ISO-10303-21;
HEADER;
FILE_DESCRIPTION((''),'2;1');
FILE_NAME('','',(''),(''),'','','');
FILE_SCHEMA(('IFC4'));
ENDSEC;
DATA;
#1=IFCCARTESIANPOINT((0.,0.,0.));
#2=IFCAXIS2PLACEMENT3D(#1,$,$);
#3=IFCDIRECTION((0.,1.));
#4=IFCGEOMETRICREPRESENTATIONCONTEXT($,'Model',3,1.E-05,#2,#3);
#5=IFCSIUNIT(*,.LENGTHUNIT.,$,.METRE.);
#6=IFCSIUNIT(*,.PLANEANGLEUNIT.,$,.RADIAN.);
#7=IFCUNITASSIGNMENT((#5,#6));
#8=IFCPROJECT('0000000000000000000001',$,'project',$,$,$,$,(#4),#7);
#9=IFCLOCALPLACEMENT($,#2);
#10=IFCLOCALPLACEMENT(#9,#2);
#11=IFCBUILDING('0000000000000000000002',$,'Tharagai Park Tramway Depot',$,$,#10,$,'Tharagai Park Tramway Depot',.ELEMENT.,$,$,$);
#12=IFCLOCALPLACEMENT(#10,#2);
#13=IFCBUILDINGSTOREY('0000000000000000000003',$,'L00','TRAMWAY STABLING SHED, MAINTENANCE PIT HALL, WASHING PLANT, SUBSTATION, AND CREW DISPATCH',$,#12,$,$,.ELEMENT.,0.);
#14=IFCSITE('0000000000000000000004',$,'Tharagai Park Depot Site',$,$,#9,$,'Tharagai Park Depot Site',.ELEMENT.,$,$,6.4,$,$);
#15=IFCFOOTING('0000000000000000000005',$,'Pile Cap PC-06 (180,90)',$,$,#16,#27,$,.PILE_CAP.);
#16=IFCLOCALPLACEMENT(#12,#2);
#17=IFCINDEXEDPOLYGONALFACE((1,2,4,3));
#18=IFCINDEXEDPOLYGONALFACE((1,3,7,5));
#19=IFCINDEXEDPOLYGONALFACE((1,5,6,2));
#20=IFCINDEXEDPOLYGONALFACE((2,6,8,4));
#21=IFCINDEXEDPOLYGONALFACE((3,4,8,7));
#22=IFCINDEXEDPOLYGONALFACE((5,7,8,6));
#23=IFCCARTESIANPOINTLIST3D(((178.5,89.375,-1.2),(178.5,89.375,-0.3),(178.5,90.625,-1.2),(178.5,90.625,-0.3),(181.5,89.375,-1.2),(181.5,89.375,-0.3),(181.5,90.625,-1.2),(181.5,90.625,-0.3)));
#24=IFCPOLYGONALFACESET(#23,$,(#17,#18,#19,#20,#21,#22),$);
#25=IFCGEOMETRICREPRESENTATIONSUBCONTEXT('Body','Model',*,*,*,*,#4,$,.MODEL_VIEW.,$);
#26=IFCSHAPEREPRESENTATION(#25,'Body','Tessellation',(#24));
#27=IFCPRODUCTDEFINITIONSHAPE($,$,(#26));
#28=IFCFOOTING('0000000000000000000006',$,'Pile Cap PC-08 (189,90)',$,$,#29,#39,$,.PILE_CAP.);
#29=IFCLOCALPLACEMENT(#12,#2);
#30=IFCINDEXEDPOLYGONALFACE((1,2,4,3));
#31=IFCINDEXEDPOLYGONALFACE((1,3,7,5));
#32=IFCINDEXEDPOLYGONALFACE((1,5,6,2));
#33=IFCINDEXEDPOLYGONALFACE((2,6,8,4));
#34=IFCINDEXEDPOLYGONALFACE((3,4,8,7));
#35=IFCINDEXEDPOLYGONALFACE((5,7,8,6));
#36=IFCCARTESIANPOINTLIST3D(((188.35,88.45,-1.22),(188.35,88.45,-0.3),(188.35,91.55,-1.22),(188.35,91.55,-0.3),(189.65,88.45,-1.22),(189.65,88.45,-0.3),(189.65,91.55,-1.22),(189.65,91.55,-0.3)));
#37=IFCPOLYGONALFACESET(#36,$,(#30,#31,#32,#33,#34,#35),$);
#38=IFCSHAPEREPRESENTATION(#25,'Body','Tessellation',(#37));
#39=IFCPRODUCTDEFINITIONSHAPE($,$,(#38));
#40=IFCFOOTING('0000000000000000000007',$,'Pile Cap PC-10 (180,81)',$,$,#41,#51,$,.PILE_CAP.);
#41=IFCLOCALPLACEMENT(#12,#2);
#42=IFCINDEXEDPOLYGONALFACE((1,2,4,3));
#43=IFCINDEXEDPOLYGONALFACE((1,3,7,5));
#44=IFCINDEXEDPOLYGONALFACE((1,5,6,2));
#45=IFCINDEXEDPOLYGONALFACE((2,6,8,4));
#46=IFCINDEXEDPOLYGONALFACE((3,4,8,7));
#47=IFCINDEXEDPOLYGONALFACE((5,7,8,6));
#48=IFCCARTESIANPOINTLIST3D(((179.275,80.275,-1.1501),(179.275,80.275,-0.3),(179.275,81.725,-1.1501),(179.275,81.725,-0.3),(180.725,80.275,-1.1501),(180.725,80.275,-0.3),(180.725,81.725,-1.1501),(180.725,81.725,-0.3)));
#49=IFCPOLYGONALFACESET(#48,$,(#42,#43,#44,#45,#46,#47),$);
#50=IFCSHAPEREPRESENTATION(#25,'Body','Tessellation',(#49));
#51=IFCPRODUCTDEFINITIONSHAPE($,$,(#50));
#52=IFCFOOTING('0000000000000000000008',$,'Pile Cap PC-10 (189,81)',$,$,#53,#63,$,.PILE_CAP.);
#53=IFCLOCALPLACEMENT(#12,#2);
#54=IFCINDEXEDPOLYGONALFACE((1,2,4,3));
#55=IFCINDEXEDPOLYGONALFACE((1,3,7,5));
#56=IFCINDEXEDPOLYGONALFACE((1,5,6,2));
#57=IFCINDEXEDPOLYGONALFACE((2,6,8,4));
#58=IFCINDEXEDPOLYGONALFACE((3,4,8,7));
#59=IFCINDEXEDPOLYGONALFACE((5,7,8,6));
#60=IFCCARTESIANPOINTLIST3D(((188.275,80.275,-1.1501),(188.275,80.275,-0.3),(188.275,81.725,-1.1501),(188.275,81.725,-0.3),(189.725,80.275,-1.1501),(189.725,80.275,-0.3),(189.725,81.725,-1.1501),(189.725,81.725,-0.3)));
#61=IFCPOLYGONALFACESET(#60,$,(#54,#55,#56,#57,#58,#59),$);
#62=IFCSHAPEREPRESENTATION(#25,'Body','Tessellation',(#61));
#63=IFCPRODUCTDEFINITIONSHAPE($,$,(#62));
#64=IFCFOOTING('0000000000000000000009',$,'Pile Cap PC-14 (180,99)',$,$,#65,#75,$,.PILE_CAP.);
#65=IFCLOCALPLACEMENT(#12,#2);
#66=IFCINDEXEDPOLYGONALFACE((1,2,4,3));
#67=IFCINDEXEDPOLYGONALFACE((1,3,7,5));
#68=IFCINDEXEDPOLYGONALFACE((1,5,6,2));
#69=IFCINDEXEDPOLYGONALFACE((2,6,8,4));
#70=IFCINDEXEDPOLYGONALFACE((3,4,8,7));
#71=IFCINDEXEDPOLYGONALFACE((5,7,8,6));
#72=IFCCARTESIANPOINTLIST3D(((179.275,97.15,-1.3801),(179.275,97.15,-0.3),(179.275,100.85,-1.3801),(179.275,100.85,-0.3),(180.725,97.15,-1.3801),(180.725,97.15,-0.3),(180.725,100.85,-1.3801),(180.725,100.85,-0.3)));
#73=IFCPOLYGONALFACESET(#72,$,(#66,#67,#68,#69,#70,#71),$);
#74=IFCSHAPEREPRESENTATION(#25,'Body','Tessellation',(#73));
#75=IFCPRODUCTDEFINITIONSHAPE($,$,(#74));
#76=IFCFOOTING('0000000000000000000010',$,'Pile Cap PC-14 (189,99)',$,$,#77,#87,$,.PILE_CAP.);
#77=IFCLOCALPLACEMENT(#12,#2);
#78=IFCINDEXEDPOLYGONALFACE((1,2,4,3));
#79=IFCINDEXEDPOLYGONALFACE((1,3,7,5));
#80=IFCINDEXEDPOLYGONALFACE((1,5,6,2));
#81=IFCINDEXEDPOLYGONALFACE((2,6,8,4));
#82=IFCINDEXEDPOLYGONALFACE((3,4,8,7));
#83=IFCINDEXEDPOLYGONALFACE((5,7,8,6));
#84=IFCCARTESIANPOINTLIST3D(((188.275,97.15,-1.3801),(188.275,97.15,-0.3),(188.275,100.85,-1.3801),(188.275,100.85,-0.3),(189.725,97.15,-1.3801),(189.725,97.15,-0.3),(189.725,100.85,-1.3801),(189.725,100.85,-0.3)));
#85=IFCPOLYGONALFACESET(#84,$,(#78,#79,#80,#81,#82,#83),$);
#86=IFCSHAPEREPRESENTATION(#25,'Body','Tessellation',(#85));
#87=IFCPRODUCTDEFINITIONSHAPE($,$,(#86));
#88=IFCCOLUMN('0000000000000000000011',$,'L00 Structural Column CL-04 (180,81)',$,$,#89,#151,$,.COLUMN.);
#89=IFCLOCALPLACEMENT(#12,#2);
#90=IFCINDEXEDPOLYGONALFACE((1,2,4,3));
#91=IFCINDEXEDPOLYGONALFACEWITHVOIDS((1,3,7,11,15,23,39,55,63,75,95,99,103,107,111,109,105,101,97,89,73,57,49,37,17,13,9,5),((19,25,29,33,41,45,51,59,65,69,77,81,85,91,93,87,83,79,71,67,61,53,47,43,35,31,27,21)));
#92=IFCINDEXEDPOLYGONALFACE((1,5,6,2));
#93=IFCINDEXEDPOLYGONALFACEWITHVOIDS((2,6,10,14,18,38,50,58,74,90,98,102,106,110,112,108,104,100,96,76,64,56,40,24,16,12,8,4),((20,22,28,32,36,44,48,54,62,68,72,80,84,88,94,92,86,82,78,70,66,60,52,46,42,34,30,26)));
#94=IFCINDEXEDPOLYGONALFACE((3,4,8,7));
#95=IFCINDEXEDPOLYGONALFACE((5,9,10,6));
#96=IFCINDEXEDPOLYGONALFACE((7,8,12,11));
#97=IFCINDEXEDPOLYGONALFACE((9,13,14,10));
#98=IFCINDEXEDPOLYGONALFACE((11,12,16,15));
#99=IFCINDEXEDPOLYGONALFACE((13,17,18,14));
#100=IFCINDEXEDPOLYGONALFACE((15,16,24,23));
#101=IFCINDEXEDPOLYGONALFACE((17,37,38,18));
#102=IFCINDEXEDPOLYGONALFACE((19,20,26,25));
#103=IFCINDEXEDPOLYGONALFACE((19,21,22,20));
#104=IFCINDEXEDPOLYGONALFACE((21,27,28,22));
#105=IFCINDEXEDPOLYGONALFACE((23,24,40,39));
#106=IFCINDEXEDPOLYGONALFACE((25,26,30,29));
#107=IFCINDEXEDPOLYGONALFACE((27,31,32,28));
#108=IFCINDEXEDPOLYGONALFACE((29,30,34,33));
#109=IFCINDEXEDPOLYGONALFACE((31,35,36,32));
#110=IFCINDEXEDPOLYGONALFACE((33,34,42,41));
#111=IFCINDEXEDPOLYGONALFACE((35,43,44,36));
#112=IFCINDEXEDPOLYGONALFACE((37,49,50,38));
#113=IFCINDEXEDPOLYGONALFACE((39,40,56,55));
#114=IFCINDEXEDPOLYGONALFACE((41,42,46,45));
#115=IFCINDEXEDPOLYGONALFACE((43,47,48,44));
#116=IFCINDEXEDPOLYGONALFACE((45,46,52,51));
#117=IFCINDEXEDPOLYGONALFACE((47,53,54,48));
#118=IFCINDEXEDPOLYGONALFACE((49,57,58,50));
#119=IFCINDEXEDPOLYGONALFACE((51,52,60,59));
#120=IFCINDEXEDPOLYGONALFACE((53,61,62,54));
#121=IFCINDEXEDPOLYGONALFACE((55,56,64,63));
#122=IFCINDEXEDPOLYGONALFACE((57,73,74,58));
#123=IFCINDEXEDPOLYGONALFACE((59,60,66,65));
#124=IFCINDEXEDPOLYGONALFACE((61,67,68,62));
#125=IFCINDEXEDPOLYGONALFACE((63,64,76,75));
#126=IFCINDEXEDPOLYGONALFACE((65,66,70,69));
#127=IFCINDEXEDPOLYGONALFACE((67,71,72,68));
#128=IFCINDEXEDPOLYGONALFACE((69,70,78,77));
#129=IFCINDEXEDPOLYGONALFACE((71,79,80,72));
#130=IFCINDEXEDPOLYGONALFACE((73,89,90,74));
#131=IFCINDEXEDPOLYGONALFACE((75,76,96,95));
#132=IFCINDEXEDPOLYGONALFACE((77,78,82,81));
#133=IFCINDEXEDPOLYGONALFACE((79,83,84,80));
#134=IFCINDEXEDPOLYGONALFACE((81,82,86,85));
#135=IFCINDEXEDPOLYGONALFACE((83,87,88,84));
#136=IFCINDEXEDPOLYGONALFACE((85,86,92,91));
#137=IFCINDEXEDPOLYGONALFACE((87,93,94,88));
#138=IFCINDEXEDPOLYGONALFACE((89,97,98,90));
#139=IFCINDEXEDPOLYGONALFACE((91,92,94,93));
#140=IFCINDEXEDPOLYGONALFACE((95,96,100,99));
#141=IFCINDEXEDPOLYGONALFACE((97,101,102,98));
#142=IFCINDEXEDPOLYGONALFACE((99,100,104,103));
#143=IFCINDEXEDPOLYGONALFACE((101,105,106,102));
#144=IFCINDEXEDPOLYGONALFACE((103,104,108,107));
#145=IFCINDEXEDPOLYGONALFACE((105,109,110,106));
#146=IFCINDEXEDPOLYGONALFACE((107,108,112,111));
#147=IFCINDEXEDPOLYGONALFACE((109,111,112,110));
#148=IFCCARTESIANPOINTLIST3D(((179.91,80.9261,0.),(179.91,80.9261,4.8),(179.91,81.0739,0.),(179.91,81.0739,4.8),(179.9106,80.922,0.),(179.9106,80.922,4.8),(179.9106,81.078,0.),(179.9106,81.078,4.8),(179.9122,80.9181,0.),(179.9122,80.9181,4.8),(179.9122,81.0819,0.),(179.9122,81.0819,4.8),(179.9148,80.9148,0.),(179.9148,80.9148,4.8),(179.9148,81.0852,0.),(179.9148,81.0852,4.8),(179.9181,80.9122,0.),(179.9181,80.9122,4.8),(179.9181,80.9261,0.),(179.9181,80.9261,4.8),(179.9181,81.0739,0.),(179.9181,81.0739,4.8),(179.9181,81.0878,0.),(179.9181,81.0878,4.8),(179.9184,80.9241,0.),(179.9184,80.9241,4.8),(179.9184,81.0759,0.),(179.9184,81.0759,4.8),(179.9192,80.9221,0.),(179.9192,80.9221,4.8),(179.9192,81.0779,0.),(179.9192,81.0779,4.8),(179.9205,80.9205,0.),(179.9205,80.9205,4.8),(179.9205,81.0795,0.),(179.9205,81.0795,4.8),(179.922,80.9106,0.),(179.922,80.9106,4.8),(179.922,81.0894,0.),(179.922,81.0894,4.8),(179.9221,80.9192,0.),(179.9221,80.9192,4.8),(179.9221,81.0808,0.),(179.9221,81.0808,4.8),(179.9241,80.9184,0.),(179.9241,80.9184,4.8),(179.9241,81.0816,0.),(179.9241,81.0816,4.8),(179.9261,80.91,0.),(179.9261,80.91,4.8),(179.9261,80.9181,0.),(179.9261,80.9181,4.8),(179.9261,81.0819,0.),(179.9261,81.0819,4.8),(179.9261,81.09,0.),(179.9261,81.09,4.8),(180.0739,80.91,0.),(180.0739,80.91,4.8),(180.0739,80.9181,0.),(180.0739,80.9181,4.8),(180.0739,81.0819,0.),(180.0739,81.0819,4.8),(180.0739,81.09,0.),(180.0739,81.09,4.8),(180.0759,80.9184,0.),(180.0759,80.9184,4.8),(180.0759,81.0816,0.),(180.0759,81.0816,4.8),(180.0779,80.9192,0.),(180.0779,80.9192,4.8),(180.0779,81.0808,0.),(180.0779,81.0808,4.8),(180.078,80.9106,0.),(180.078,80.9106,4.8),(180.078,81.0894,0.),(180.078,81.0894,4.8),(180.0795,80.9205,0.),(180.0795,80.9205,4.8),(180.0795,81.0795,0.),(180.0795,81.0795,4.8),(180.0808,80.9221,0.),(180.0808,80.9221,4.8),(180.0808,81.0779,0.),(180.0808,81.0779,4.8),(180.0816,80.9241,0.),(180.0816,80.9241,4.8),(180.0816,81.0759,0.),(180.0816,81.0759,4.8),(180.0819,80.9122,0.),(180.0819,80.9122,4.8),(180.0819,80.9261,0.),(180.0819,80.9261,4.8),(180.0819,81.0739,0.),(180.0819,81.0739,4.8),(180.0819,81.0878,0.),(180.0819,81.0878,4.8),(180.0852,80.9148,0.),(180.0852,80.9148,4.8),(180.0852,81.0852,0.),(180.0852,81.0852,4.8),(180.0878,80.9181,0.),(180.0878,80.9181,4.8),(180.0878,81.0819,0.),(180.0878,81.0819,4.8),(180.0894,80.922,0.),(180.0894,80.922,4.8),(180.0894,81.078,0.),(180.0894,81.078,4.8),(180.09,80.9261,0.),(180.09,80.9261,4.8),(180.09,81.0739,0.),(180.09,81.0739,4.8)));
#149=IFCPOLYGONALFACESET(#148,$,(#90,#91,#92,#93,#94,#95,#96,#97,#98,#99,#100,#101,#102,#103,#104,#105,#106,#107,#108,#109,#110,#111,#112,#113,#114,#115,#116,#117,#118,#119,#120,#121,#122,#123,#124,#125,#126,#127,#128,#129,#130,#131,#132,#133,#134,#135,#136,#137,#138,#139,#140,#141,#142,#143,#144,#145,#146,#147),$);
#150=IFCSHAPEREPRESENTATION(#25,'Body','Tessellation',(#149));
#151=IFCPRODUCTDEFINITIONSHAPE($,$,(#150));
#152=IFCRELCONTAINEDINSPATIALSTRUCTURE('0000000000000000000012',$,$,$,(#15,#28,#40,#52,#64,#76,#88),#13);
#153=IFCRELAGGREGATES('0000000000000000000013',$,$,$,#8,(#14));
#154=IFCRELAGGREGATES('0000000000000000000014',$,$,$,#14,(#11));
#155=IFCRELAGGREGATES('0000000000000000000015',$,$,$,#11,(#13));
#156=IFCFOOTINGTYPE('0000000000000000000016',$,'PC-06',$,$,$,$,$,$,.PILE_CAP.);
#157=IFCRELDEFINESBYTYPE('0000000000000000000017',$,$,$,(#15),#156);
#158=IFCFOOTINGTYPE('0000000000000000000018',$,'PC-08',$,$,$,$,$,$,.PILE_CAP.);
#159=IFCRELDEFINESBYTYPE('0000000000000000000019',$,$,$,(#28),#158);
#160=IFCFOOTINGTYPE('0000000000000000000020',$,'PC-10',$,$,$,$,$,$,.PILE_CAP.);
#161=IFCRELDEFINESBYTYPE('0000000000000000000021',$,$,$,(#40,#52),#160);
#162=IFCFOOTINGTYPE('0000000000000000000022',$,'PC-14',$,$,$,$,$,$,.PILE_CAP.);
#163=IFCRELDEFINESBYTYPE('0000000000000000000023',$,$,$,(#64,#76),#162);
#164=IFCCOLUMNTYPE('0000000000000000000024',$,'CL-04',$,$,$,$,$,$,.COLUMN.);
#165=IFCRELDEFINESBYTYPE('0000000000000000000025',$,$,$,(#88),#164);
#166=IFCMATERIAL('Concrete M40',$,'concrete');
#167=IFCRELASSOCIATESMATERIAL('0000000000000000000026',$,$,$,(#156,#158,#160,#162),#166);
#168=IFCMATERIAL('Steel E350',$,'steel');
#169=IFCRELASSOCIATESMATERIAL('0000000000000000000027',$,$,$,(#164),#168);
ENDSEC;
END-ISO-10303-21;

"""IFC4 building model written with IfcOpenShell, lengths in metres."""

from ifc_helpers import new_model, si_unit, direction, frame, origin, origin_2d, place, context, subcontext, project, spatial, rectangle, hollow_rectangle, extrude, material, material_profile, profile_set, type_object, element, save


model = new_model("IFC4")

# Units and contexts
model_context = context("Model", 3, precision=1e-05, world=origin(), true_north=direction((0.0, 1.0)))
body_context = subcontext(model_context, "Body", "Model", "MODEL_VIEW")
ifc_project = project(units=[si_unit("LENGTHUNIT", "METRE"), si_unit("PLANEANGLEUNIT", "RADIAN")], contexts=[model_context])

# Site, building, storey
site_placement = place(None, origin())
site = spatial("IfcSite", under=ifc_project, at=site_placement, Name="Tharagai Park Depot Site", LongName="Tharagai Park Depot Site", CompositionType="ELEMENT", RefElevation=6.4)
building_placement = place(site_placement, origin())
building = spatial("IfcBuilding", under=site, at=building_placement, Name="Tharagai Park Tramway Depot", LongName="Tharagai Park Tramway Depot", CompositionType="ELEMENT")
storey_placement = place(building_placement, origin())
storey = spatial("IfcBuildingStorey", under=building, at=storey_placement, Name="L00", Description="TRAMWAY STABLING SHED, MAINTENANCE PIT HALL, WASHING PLANT, SUBSTATION, AND CREW DISPATCH", CompositionType="ELEMENT", Elevation=0.0)

# Shared definitions
ifc_material_1 = material(Name="Concrete M40", Category="concrete")

# Footings
footing_type_1 = type_object("IfcFootingType", Name="PC-06", PredefinedType="PILE_CAP", material=ifc_material_1)
footing_1_placement = place(storey_placement, frame((180.0, 90.0, -1.2), z_axis=(0.0, 0.0, 1.0), x_axis=(1.0, 0.0, 0.0)))
element("IfcFooting", 1, at=footing_1_placement, inside=storey, type_object=footing_type_1, Name="Pile Cap PC-06 (180,90)", PredefinedType="PILE_CAP", context=body_context, shape_type="SweptSolid", body=[
    extrude(rectangle(XDim=3.0, YDim=1.25, at=origin_2d()), origin(), (0.0, 0.0, 1.0), 0.8999),
])
footing_type_2 = type_object("IfcFootingType", Name="PC-08", PredefinedType="PILE_CAP", material=ifc_material_1)
footing_2_placement = place(storey_placement, frame((189.0, 90.0, -1.22), z_axis=(0.0, 0.0, 1.0), x_axis=(1.0, 0.0, 0.0)))
element("IfcFooting", 2, at=footing_2_placement, inside=storey, type_object=footing_type_2, Name="Pile Cap PC-08 (189,90)", PredefinedType="PILE_CAP", context=body_context, shape_type="SweptSolid", body=[
    extrude(rectangle(XDim=1.3, YDim=3.1001, at=origin_2d()), origin(), (0.0, 0.0, 1.0), 0.9199),
])
footing_type_3 = type_object("IfcFootingType", Name="PC-10", PredefinedType="PILE_CAP", material=ifc_material_1)
for number, where, z_axis, x_axis, name in (
    (3, (180.0, 81.0, -1.1501), (0.0, 0.0, 1.0), (1.0, 0.0, 0.0), "Pile Cap PC-10 (180,81)"),
    (4, (189.0, 81.0, -1.1501), (0.0, 0.0, 1.0), (1.0, 0.0, 0.0), "Pile Cap PC-10 (189,81)"),
):
    element("IfcFooting", number, at=place(storey_placement, frame(where, z_axis=z_axis, x_axis=x_axis)), inside=storey, type_object=footing_type_3, Name=name, PredefinedType="PILE_CAP", context=body_context, shape_type="SweptSolid", body=[
        extrude(rectangle(XDim=1.45, YDim=1.45, at=origin_2d()), origin(), (0.0, 0.0, 1.0), 0.8501),
    ])
footing_type_4 = type_object("IfcFootingType", Name="PC-14", PredefinedType="PILE_CAP", material=ifc_material_1)
for number, where, z_axis, x_axis, name in (
    (5, (180.0, 99.0, -1.3801), (0.0, 0.0, 1.0), (1.0, 0.0, 0.0), "Pile Cap PC-14 (180,99)"),
    (6, (189.0, 99.0, -1.3801), (0.0, 0.0, 1.0), (1.0, 0.0, 0.0), "Pile Cap PC-14 (189,99)"),
):
    element("IfcFooting", number, at=place(storey_placement, frame(where, z_axis=z_axis, x_axis=x_axis)), inside=storey, type_object=footing_type_4, Name=name, PredefinedType="PILE_CAP", context=body_context, shape_type="SweptSolid", body=[
        extrude(rectangle(XDim=1.45, YDim=3.7, at=origin_2d()), origin(), (0.0, 0.0, 1.0), 1.0801),
    ])

# Column
ifc_material_2 = material(Name="Steel E350", Category="steel")
ifc_material_profile_1 = material_profile(ifc_material_2, hollow_rectangle(XDim=0.1799, YDim=0.1799, WallThickness=0.0081, InnerFilletRadius=0.0081, OuterFilletRadius=0.0161, at=origin_2d()), Name="SHS 180x180x8")
ifc_profile_set_1 = profile_set([ifc_material_profile_1], Name="Steel E350")
column_type_1 = type_object("IfcColumnType", Name="CL-04", PredefinedType="COLUMN", material=ifc_profile_set_1)
for number, where, z_axis, x_axis, name in (
    (7, (180.0, 81.0, 0.0), (0.0, 0.0, 1.0), (1.0, 0.0, 0.0), "L00 Structural Column CL-04 (180,81)"),
):
    element("IfcColumn", number, at=place(storey_placement, frame(where, z_axis=z_axis, x_axis=x_axis)), inside=storey, type_object=column_type_1, Name=name, PredefinedType="COLUMN", context=body_context, shape_type="SweptSolid", body=[
        extrude(hollow_rectangle(XDim=0.1799, YDim=0.1799, WallThickness=0.0081, InnerFilletRadius=0.0081, OuterFilletRadius=0.0161, at=origin_2d()), origin(), (0.0, 0.0, 1.0), 4.8),
    ])

save(model, "model.ifc")
